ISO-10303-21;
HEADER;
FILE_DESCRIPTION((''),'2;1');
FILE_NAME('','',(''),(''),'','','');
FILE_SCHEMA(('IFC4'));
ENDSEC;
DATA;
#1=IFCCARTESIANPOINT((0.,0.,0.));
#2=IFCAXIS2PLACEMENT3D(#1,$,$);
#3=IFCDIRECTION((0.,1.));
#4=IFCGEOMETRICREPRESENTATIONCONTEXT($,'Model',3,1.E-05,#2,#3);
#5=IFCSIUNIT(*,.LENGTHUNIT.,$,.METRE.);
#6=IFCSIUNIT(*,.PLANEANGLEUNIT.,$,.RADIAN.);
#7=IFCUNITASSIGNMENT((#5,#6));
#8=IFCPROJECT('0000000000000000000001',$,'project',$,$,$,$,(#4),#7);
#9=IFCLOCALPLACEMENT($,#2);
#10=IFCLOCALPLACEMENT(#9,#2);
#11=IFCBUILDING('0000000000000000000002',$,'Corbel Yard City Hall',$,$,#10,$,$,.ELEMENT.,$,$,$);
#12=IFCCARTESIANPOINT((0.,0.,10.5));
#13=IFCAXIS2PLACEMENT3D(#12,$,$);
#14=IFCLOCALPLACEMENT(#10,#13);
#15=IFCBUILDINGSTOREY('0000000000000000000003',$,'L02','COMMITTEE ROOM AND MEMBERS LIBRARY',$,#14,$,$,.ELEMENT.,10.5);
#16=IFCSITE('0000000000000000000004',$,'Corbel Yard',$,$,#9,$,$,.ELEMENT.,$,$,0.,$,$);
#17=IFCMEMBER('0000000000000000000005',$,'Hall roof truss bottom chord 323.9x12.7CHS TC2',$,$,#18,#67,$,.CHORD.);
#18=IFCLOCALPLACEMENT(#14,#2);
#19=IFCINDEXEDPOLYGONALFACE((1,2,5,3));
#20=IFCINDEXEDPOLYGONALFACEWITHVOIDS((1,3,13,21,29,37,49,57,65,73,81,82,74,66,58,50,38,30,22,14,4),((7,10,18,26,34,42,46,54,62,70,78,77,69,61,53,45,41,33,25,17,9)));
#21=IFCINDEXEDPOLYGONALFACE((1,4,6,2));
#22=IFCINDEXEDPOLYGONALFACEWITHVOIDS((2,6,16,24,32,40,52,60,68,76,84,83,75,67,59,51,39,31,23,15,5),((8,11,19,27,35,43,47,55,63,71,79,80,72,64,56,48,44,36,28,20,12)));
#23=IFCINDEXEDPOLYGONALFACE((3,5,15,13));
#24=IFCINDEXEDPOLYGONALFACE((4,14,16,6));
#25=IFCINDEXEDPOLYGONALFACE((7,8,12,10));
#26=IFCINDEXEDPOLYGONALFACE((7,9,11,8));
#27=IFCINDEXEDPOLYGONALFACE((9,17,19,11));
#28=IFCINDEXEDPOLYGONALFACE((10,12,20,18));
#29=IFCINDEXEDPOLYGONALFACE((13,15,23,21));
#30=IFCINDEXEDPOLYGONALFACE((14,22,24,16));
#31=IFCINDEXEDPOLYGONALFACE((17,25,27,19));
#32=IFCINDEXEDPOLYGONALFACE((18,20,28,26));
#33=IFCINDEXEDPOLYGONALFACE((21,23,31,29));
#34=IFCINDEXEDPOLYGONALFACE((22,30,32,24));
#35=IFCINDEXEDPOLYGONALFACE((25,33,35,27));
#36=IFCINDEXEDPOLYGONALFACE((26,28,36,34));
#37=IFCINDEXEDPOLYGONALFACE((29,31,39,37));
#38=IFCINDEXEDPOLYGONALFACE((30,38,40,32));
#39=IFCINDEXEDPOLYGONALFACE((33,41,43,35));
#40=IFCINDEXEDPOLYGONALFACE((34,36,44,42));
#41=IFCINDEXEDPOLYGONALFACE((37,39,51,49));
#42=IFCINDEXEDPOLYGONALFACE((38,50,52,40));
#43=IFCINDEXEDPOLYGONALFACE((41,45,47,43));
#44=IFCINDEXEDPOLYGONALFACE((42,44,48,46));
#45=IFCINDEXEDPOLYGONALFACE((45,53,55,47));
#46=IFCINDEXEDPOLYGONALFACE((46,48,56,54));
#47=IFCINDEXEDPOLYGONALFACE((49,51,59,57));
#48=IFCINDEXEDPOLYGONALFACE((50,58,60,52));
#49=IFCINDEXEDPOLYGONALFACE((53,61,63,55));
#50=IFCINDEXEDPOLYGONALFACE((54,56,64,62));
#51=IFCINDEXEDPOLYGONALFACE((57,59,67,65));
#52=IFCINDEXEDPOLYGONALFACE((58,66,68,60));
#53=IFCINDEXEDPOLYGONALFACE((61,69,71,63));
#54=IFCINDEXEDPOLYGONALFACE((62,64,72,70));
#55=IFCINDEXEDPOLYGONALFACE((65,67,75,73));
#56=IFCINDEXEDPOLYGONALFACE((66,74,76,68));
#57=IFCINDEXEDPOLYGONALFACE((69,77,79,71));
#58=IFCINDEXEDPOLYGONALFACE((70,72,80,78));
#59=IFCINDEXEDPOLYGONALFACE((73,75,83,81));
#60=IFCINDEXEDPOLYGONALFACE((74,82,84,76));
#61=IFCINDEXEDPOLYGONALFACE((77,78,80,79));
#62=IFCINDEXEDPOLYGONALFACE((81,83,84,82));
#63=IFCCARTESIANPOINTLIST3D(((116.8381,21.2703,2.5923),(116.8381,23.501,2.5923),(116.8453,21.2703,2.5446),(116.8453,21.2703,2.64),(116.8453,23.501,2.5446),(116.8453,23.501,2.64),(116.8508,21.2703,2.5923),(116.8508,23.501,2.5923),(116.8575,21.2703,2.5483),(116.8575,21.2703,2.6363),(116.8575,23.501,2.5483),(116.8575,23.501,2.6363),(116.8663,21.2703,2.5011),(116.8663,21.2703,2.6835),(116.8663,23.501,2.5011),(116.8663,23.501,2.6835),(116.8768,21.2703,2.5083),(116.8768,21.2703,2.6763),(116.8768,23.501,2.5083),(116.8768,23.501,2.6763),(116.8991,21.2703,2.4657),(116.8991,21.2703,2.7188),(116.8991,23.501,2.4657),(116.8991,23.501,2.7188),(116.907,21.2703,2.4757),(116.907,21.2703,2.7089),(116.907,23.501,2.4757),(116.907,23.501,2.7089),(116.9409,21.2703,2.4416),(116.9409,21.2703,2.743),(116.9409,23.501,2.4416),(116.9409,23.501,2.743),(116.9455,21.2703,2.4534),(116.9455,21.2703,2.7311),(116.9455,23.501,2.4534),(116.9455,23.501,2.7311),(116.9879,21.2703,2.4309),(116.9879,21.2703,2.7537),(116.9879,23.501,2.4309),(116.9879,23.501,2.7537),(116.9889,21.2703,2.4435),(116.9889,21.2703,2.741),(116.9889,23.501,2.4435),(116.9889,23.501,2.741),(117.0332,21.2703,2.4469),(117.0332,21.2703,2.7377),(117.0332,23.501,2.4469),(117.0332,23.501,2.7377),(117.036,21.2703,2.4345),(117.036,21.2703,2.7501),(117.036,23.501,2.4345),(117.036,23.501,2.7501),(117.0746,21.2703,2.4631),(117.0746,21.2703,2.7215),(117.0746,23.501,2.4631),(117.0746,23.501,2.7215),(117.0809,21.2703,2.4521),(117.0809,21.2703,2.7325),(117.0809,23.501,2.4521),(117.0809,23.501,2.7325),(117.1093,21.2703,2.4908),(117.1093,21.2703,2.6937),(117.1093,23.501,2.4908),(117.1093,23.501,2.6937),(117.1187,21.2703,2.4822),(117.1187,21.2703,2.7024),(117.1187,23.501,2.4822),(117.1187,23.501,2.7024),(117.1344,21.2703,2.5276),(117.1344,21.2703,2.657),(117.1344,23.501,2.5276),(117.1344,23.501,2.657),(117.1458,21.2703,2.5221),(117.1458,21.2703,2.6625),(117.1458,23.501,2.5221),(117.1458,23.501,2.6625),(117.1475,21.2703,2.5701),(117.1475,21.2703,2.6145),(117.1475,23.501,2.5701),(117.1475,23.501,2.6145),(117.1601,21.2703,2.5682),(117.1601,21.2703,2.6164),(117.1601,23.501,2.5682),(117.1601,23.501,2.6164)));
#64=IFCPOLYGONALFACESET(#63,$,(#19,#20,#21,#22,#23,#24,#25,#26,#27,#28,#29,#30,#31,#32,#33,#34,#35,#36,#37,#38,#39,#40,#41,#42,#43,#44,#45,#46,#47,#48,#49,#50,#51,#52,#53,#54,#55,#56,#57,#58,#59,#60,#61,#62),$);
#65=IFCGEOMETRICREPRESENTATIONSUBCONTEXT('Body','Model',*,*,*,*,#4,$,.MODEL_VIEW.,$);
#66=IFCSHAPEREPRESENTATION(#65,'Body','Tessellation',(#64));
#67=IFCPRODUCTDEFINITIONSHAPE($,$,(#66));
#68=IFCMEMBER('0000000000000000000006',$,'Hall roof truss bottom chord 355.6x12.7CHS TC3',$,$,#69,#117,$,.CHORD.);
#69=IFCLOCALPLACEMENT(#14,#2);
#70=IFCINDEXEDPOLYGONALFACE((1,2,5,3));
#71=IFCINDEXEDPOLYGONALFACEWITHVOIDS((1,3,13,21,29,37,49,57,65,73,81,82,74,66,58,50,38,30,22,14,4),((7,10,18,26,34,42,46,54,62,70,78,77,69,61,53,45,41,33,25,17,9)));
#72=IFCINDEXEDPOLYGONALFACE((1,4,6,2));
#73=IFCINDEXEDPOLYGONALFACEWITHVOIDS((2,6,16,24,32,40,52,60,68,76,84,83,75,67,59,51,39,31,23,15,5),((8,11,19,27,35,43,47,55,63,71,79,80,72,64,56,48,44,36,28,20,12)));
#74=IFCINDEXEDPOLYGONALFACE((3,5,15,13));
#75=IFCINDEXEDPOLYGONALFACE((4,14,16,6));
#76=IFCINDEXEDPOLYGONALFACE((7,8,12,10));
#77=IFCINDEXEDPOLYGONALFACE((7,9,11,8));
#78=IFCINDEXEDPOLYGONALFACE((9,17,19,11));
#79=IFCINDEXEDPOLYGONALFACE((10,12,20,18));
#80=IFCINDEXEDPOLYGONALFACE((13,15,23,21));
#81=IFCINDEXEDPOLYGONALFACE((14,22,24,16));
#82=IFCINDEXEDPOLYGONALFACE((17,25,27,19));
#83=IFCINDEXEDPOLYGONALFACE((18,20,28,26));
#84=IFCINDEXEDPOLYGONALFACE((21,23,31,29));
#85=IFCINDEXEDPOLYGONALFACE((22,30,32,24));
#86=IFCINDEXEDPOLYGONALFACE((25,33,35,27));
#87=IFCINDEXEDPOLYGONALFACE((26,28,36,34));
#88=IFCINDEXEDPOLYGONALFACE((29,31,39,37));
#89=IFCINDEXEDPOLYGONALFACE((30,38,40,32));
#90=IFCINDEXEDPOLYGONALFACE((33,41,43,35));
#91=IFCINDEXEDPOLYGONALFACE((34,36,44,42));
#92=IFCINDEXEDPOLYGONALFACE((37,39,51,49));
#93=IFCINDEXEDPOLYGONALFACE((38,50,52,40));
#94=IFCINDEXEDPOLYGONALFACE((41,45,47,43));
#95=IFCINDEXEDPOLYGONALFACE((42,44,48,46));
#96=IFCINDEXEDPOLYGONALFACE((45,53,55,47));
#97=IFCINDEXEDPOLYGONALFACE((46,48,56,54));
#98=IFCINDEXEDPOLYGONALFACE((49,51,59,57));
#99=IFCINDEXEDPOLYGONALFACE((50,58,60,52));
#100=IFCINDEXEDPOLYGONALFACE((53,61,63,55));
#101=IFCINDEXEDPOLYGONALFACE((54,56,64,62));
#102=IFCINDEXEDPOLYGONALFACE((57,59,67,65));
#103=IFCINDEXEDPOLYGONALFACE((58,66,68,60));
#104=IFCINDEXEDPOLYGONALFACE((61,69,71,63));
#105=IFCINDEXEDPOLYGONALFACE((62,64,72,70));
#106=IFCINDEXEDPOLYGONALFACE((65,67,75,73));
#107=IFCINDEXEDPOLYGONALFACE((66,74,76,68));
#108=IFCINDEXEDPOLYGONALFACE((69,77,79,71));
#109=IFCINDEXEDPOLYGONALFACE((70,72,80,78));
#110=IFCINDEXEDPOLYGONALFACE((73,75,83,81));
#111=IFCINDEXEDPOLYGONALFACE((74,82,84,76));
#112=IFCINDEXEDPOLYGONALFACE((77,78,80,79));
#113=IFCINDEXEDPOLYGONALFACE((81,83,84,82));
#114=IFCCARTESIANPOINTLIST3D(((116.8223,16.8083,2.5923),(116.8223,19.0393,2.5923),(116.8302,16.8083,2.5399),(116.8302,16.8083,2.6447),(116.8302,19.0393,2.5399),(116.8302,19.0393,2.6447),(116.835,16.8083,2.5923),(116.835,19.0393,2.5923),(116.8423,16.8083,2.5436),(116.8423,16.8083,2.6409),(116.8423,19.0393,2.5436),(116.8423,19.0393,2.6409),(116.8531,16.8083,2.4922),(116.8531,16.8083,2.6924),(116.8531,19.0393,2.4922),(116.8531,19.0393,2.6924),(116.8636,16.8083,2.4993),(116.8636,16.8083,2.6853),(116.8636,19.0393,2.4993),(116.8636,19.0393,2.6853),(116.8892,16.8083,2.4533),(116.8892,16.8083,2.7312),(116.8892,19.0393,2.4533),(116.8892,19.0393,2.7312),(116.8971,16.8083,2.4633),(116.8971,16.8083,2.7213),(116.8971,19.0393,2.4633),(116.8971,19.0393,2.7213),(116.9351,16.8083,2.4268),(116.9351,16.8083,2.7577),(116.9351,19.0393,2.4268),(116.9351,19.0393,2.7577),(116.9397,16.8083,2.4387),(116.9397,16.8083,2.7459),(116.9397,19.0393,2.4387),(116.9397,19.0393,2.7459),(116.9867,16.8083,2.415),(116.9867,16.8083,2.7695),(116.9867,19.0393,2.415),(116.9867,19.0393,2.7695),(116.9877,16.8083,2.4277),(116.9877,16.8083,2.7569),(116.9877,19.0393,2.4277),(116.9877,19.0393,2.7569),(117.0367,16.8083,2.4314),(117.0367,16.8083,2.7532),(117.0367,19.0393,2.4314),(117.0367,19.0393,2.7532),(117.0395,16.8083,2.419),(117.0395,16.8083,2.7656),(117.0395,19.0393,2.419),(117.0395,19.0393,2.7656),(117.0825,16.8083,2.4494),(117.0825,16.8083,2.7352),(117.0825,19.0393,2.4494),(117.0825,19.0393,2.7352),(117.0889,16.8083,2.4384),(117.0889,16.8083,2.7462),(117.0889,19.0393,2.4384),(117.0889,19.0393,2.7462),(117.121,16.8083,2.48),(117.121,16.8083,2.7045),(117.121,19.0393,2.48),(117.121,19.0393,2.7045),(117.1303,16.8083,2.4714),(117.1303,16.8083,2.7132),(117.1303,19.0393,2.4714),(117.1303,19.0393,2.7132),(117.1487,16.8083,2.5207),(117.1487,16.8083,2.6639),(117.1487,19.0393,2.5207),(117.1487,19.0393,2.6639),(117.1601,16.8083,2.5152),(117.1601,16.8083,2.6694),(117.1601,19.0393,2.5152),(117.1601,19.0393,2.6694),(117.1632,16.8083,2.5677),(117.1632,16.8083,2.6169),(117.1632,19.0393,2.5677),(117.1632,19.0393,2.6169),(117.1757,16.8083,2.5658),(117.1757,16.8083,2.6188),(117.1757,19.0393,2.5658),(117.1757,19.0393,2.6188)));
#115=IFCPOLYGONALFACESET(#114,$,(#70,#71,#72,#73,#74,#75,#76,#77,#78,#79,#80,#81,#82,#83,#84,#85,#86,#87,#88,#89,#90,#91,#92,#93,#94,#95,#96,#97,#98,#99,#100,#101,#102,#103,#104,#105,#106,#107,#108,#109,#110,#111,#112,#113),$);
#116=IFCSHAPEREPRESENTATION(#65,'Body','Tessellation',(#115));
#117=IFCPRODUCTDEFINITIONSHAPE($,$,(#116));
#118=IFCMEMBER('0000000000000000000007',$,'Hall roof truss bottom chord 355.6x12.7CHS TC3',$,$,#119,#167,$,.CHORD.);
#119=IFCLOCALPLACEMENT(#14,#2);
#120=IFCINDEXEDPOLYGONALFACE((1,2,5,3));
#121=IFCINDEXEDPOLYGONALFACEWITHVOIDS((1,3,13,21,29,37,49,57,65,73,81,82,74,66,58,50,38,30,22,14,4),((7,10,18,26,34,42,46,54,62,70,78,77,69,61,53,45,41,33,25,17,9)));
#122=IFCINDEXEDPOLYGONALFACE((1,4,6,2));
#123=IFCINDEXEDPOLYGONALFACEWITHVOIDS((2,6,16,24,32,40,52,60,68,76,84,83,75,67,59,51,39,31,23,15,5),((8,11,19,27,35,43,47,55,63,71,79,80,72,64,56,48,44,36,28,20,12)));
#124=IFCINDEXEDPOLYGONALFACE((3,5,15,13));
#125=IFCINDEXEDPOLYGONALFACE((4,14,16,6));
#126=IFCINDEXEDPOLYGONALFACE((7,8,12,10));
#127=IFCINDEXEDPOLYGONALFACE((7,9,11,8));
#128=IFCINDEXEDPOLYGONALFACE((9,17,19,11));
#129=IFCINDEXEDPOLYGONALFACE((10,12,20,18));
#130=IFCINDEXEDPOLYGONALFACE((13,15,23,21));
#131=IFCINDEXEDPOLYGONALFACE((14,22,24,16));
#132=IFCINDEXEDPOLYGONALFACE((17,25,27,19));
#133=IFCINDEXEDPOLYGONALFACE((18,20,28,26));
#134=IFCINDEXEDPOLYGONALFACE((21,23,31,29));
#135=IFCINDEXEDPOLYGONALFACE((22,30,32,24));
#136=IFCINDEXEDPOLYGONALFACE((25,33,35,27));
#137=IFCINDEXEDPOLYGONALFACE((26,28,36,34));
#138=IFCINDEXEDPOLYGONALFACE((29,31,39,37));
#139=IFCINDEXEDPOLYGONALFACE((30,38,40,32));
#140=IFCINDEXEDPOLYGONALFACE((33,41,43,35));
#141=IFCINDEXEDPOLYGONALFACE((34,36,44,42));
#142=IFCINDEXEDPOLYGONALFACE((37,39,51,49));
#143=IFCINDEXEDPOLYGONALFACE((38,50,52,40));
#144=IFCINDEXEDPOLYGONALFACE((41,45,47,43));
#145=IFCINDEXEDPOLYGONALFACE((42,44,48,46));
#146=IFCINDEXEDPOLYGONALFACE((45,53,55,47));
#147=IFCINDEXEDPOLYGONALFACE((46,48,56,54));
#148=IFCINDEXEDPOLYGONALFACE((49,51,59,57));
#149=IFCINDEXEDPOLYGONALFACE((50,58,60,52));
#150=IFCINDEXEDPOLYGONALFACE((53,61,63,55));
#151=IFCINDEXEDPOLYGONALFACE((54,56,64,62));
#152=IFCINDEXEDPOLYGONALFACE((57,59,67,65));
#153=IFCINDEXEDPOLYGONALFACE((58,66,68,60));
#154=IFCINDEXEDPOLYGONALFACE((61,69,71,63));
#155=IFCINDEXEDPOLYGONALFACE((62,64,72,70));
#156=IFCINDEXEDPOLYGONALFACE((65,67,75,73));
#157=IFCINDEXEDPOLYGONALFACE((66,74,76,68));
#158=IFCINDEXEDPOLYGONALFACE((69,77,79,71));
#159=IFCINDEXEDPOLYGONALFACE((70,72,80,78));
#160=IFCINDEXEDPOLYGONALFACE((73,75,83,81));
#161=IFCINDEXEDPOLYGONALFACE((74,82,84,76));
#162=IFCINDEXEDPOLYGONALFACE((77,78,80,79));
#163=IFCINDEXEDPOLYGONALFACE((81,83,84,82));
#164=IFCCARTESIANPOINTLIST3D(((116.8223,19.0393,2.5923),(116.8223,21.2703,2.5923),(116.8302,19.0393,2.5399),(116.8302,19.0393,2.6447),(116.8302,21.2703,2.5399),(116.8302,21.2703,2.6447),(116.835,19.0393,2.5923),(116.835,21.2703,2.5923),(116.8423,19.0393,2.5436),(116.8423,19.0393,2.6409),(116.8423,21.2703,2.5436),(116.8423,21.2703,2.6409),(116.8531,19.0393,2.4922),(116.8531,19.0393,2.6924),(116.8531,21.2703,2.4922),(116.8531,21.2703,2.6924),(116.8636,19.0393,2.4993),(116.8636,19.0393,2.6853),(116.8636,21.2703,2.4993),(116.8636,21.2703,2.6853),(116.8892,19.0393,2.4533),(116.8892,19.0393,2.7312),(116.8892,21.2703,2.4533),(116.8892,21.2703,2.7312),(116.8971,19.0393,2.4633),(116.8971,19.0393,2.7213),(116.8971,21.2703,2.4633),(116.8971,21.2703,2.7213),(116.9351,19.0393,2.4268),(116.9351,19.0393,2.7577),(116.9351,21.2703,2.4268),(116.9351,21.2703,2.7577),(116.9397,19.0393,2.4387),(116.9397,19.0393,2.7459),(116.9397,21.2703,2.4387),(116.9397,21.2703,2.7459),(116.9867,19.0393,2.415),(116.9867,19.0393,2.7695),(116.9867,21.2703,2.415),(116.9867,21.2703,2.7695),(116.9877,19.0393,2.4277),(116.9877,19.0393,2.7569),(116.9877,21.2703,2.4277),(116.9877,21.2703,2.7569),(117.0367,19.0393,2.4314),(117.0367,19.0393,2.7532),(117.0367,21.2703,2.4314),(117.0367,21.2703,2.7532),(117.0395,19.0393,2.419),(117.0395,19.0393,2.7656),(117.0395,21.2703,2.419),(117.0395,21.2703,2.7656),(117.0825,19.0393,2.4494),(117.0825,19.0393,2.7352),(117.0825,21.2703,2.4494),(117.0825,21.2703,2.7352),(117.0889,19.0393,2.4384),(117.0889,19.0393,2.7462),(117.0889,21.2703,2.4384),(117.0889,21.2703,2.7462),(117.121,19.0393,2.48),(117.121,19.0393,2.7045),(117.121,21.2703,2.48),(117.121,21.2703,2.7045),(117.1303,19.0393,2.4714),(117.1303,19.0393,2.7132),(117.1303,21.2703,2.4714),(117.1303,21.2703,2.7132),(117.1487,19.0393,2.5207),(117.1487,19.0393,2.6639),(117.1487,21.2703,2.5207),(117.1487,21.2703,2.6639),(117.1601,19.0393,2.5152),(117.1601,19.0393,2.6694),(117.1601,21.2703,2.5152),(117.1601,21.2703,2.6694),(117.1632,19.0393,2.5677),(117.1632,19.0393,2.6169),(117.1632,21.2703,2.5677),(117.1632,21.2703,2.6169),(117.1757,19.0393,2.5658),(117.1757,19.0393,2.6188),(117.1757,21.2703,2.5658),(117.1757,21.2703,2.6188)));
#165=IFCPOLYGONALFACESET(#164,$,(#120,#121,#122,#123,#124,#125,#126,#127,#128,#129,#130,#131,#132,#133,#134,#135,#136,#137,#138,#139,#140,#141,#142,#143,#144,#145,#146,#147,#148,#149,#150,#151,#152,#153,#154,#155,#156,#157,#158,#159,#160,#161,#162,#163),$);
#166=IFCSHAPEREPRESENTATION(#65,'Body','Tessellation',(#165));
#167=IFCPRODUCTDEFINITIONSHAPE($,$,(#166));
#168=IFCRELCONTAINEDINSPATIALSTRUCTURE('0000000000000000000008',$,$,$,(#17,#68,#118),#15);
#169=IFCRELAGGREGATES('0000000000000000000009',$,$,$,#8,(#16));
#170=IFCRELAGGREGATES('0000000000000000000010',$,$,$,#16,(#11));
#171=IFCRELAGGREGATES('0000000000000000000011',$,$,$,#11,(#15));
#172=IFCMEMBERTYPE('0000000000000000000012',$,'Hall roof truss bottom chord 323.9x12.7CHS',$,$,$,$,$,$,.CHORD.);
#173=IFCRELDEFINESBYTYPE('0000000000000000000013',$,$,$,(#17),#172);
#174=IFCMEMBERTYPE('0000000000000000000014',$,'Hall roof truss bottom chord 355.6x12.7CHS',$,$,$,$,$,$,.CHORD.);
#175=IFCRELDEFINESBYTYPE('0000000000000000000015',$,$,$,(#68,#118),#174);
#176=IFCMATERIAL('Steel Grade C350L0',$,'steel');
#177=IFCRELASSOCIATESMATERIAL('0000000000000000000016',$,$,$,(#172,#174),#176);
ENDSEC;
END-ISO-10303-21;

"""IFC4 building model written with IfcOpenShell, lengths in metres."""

from ifc_helpers import new_model, si_unit, direction, frame, origin, origin_2d, place, context, subcontext, project, spatial, hollow_circle, extrude, material, material_profile, profile_set, type_object, element, save


model = new_model("IFC4")

# Units and contexts
model_context = context("Model", 3, precision=1e-05, world=origin(), true_north=direction((0.0, 1.0)))
body_context = subcontext(model_context, "Body", "Model", "MODEL_VIEW")
ifc_project = project(units=[si_unit("LENGTHUNIT", "METRE"), si_unit("PLANEANGLEUNIT", "RADIAN")], contexts=[model_context])

# Site, building, storey
site_placement = place(None, origin())
site = spatial("IfcSite", under=ifc_project, at=site_placement, Name="Corbel Yard", CompositionType="ELEMENT", RefElevation=0.0)
building_placement = place(site_placement, origin())
building = spatial("IfcBuilding", under=site, at=building_placement, Name="Corbel Yard City Hall", CompositionType="ELEMENT")
storey_placement = place(building_placement, frame((0.0, 0.0, 10.5)))
storey = spatial("IfcBuildingStorey", under=building, at=storey_placement, Name="L02", Description="COMMITTEE ROOM AND MEMBERS LIBRARY", CompositionType="ELEMENT", Elevation=10.5)

# Members
ifc_material_1 = material(Name="Steel Grade C350L0", Category="steel")
ifc_material_profile_1 = material_profile(ifc_material_1, hollow_circle(Radius=0.1619, WallThickness=0.0127, at=origin_2d()), Name="323.9x12.7CHS")
ifc_profile_set_1 = profile_set([ifc_material_profile_1], Name="Steel Grade C350L0")
member_type_1 = type_object("IfcMemberType", Name="Hall roof truss bottom chord 323.9x12.7CHS", PredefinedType="CHORD", material=ifc_profile_set_1)
member_1_placement = place(storey_placement, frame((117.0, 21.2703, 2.5923), z_axis=(0.0, 1.0, 0.0), x_axis=(-1.0, 0.0, 0.0)))
element("IfcMember", 1, at=member_1_placement, inside=storey, type_object=member_type_1, Name="Hall roof truss bottom chord 323.9x12.7CHS TC2", PredefinedType="CHORD", context=body_context, shape_type="SweptSolid", body=[
    extrude(hollow_circle(Radius=0.1619, WallThickness=0.0127, at=origin_2d()), origin(), (0.0, 0.0, 1.0), 2.2307),
])
ifc_material_profile_2 = material_profile(ifc_material_1, hollow_circle(Radius=0.1777, WallThickness=0.0127, at=origin_2d()), Name="355.6x12.7CHS")
ifc_profile_set_2 = profile_set([ifc_material_profile_2], Name="Steel Grade C350L0")
member_type_2 = type_object("IfcMemberType", Name="Hall roof truss bottom chord 355.6x12.7CHS", PredefinedType="CHORD", material=ifc_profile_set_2)
for number, where, z_axis, x_axis, name in (
    (2, (117.0, 16.8083, 2.5923), (0.0, 1.0, 0.0), (-1.0, 0.0, 0.0), "Hall roof truss bottom chord 355.6x12.7CHS TC3"),
    (3, (117.0, 19.0393, 2.5923), (0.0, 1.0, 0.0), (-1.0, 0.0, 0.0), "Hall roof truss bottom chord 355.6x12.7CHS TC3"),
):
    element("IfcMember", number, at=place(storey_placement, frame(where, z_axis=z_axis, x_axis=x_axis)), inside=storey, type_object=member_type_2, Name=name, PredefinedType="CHORD", context=body_context, shape_type="SweptSolid", body=[
        extrude(hollow_circle(Radius=0.1777, WallThickness=0.0127, at=origin_2d()), origin(), (0.0, 0.0, 1.0), 2.231),
    ])

save(model, "model.ifc")
